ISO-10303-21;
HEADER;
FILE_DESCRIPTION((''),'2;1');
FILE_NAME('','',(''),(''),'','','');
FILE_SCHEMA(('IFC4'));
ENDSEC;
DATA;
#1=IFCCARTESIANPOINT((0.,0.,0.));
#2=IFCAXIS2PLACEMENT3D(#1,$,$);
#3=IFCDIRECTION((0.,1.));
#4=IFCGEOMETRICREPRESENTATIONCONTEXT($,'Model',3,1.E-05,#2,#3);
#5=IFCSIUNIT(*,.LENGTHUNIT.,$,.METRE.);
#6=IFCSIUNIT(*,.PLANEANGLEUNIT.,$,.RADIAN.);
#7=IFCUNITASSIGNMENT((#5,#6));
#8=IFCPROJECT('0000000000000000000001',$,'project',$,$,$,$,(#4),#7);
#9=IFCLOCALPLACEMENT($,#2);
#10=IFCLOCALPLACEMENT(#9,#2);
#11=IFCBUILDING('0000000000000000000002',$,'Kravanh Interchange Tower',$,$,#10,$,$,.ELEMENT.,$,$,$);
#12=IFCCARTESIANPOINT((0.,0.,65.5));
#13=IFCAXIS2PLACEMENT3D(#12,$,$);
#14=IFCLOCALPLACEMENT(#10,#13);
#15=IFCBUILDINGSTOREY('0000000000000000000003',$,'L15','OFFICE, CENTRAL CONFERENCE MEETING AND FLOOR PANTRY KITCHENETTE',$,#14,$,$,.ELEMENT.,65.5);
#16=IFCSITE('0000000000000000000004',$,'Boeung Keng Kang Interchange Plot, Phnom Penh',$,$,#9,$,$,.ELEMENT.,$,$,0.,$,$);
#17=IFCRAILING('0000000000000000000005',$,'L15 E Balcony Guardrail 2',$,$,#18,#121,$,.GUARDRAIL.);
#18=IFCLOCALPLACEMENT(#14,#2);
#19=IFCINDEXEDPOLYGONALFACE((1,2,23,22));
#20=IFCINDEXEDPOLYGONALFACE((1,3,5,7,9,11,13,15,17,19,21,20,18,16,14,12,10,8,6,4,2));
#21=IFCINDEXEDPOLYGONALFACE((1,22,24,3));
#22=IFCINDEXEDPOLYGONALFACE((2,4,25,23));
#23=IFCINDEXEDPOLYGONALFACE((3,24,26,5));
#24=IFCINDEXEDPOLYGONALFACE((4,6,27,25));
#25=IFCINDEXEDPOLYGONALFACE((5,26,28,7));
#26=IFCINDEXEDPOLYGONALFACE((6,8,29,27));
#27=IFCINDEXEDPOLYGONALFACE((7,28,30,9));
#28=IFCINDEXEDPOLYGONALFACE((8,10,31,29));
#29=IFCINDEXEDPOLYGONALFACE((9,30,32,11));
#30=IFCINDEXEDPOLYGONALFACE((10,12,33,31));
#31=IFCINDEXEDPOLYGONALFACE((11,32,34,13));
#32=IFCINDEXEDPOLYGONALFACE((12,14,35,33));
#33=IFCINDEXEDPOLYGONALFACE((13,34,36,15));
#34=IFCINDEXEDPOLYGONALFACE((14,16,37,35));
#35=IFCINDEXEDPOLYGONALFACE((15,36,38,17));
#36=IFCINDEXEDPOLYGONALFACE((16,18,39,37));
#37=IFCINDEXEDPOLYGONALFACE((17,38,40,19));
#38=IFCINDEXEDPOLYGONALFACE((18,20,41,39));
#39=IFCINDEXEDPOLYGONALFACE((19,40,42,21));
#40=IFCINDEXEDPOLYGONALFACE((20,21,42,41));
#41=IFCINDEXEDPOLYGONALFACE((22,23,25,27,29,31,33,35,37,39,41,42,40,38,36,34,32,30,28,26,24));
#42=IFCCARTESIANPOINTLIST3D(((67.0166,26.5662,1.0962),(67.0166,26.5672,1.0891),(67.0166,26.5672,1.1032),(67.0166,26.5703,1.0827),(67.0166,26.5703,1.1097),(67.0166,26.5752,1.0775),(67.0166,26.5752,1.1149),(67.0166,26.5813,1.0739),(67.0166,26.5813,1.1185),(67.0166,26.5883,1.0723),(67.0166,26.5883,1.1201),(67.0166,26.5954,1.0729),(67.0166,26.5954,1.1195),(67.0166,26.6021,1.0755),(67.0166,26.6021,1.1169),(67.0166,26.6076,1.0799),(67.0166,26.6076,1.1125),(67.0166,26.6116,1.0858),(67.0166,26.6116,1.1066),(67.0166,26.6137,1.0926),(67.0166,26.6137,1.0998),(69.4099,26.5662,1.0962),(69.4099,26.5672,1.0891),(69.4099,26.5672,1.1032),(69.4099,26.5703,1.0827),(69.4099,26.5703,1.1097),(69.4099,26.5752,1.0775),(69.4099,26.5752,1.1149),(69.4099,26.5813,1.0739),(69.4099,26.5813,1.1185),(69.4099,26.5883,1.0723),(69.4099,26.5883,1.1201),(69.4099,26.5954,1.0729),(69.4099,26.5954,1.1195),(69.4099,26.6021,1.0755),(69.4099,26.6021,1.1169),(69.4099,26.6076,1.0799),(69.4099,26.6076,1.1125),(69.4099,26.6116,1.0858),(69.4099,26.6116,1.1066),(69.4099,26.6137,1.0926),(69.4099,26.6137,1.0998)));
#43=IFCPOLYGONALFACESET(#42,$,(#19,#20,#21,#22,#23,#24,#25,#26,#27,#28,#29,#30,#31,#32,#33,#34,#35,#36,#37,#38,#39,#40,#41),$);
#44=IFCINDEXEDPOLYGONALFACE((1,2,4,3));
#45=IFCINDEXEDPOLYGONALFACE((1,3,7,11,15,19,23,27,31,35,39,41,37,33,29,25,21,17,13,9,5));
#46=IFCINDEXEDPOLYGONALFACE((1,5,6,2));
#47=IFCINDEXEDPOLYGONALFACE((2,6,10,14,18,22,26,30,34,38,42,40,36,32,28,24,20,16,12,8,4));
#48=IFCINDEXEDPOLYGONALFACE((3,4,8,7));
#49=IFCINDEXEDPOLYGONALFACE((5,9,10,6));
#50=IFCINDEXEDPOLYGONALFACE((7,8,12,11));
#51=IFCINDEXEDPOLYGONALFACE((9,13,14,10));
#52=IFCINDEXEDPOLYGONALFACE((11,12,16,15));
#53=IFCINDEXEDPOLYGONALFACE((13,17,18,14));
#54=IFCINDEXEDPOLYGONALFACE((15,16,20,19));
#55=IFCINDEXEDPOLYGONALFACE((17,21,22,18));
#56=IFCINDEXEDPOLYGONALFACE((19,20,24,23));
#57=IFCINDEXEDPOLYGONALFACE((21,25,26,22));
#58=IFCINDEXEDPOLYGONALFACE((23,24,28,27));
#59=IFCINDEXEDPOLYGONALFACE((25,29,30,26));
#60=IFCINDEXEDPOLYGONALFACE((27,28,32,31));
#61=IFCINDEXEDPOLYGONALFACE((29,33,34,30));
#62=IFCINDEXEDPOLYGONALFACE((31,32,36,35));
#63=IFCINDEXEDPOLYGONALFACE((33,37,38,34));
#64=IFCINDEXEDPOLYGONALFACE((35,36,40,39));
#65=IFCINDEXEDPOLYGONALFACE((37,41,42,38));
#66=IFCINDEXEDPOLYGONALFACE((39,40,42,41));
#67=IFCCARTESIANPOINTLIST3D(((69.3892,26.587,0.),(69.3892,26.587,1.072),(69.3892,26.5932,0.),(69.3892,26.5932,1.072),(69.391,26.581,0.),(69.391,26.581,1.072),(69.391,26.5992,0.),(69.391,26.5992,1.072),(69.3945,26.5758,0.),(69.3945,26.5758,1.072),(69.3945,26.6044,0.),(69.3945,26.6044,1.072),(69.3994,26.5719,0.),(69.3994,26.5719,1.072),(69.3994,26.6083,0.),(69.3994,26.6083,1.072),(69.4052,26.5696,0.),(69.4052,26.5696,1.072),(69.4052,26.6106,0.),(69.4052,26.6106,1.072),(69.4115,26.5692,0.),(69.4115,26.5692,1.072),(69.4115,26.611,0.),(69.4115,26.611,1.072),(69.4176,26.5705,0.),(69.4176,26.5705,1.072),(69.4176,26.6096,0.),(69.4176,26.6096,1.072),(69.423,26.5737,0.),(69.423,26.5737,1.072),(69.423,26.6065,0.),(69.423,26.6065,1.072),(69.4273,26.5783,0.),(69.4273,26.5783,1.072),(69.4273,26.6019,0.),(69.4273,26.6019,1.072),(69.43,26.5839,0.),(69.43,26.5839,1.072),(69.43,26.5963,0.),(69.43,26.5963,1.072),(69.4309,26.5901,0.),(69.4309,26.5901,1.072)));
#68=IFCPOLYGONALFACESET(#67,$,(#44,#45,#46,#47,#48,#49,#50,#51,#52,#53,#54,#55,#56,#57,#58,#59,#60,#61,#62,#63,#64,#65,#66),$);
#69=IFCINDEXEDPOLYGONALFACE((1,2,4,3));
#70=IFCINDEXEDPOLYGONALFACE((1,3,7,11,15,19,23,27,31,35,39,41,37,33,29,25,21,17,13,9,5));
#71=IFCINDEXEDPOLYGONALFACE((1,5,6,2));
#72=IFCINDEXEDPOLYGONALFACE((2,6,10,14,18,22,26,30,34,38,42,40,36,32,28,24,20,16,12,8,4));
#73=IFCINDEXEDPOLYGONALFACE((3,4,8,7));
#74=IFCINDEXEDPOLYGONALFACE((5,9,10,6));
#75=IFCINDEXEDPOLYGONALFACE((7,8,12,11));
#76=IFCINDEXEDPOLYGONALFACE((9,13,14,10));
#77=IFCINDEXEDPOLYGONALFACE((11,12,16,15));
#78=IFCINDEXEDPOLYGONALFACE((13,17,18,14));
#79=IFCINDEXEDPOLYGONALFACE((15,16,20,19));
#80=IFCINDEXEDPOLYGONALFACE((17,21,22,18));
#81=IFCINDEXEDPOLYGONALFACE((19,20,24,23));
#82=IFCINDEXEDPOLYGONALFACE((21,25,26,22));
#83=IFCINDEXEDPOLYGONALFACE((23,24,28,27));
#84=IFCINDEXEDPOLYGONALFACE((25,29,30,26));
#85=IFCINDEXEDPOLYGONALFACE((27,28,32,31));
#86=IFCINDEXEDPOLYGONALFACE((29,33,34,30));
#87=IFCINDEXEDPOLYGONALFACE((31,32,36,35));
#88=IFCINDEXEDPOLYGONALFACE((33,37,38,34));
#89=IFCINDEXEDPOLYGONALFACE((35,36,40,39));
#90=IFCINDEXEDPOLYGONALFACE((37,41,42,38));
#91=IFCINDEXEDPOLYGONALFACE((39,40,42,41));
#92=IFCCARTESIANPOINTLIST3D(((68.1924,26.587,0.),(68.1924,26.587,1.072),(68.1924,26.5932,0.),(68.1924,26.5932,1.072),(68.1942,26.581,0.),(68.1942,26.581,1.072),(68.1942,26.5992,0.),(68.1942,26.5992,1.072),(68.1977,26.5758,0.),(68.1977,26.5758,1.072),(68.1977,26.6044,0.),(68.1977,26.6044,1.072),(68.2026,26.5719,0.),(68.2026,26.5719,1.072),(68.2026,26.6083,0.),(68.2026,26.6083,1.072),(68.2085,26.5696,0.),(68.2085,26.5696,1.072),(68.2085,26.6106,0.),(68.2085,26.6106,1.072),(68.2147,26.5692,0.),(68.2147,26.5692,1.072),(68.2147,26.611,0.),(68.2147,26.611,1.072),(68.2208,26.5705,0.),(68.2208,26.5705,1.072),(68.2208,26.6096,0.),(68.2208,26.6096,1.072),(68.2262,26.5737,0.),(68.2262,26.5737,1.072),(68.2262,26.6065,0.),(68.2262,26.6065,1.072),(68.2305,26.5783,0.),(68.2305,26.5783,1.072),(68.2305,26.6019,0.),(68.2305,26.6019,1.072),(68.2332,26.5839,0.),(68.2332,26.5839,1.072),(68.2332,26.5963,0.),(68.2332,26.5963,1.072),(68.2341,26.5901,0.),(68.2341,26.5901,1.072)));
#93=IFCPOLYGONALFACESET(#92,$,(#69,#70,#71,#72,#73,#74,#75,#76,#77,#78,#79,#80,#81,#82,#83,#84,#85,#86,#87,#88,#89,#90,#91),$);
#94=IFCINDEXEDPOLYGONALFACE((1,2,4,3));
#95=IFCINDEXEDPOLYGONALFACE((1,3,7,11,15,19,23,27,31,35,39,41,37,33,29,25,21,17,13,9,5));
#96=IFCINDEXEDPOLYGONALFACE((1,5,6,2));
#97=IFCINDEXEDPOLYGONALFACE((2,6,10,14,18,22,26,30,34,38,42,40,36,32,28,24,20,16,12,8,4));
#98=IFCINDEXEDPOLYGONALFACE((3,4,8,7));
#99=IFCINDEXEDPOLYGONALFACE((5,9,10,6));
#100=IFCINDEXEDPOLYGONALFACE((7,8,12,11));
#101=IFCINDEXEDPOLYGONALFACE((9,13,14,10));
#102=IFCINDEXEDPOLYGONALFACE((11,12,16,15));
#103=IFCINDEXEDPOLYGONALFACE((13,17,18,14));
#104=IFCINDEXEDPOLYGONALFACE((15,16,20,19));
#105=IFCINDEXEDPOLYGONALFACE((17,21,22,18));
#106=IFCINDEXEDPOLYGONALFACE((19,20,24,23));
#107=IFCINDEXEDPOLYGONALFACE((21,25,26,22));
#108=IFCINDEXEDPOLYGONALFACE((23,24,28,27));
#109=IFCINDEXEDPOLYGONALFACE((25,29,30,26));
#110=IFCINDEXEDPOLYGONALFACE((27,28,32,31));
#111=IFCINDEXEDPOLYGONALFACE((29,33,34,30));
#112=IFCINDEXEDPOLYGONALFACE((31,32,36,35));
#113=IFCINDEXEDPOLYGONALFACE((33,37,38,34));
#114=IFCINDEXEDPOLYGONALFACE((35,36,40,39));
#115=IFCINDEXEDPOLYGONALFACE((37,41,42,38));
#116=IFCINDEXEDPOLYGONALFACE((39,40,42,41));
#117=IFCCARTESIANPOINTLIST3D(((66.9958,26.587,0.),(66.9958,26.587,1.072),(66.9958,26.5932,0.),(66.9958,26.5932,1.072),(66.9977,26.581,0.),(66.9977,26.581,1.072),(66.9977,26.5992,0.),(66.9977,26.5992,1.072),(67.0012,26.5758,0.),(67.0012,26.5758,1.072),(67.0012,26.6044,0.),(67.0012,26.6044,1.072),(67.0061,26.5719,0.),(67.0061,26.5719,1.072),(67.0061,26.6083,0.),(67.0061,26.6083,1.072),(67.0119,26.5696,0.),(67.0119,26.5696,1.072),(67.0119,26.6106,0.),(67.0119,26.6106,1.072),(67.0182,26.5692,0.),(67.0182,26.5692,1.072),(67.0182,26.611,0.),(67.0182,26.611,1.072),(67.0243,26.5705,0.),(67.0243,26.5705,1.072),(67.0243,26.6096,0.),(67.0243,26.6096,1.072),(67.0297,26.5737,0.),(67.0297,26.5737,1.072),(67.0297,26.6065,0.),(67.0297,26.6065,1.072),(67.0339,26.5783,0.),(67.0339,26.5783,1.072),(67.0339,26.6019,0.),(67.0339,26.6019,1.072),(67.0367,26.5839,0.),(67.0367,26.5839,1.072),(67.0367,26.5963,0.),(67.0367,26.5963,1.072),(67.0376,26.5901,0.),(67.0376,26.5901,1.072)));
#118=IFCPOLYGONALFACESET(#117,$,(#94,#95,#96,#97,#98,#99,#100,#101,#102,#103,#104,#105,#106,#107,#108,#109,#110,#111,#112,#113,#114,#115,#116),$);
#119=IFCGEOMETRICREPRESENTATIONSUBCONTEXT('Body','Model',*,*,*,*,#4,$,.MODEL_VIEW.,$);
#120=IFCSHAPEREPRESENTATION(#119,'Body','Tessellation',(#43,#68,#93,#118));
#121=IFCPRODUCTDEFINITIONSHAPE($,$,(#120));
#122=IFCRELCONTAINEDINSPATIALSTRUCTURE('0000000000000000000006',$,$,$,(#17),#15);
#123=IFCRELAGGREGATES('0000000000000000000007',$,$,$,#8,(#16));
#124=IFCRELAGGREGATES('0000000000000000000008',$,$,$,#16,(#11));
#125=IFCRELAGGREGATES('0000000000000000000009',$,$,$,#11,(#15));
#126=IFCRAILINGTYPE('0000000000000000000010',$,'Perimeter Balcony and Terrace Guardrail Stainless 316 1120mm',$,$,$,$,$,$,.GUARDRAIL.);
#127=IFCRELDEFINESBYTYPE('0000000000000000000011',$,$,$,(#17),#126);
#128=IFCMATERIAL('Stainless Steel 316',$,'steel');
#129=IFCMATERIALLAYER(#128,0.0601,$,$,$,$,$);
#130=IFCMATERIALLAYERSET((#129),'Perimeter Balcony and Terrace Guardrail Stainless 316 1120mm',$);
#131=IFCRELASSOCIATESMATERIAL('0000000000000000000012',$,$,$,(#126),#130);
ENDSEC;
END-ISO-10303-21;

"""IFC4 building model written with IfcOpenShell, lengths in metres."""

from ifc_helpers import new_model, si_unit, direction, frame, origin, origin_2d, place, context, subcontext, project, spatial, circle, extrude, material, layer, layer_set, type_object, element, save


model = new_model("IFC4")

# Units and contexts
model_context = context("Model", 3, precision=1e-05, world=origin(), true_north=direction((0.0, 1.0)))
body_context = subcontext(model_context, "Body", "Model", "MODEL_VIEW")
ifc_project = project(units=[si_unit("LENGTHUNIT", "METRE"), si_unit("PLANEANGLEUNIT", "RADIAN")], contexts=[model_context])

# Site, building, storey
site_placement = place(None, origin())
site = spatial("IfcSite", under=ifc_project, at=site_placement, Name="Boeung Keng Kang Interchange Plot, Phnom Penh", CompositionType="ELEMENT", RefElevation=0.0)
building_placement = place(site_placement, origin())
building = spatial("IfcBuilding", under=site, at=building_placement, Name="Kravanh Interchange Tower", CompositionType="ELEMENT")
storey_placement = place(building_placement, frame((0.0, 0.0, 65.5)))
storey = spatial("IfcBuildingStorey", under=building, at=storey_placement, Name="L15", Description="OFFICE, CENTRAL CONFERENCE MEETING AND FLOOR PANTRY KITCHENETTE", CompositionType="ELEMENT", Elevation=65.5)

# Railing
ifc_material_1 = material(Name="Stainless Steel 316", Category="steel")
ifc_layer_1 = layer(ifc_material_1, 0.0601)
ifc_layer_set_1 = layer_set([ifc_layer_1], Name="Perimeter Balcony and Terrace Guardrail Stainless 316 1120mm")
railing_type = type_object("IfcRailingType", Name="Perimeter Balcony and Terrace Guardrail Stainless 316 1120mm", PredefinedType="GUARDRAIL", material=ifc_layer_set_1)
railing_placement = place(storey_placement, frame((69.4099, 26.5901, 0.0)))
element("IfcRailing", 1, at=railing_placement, inside=storey, type_object=railing_type, Name="L15 E Balcony Guardrail 2", PredefinedType="GUARDRAIL", context=body_context, shape_type="SweptSolid", body=[
    extrude(circle(Radius=0.0239, at=origin_2d()), frame((0.0, 0.0, 1.0962), z_axis=(-1.0, 0.0, 0.0), x_axis=(0.0, -1.0, 0.0)), (0.0, 0.0, 1.0), 2.3933),
    extrude(circle(Radius=0.021, at=origin_2d()), origin(), (0.0, 0.0, 1.0), 1.072),
    extrude(circle(Radius=0.021, at=origin_2d()), frame((-1.1968, 0.0, 0.0)), (0.0, 0.0, 1.0), 1.072),
    extrude(circle(Radius=0.021, at=origin_2d()), frame((-2.3933, 0.0, 0.0)), (0.0, 0.0, 1.0), 1.072),
])

save(model, "model.ifc")
